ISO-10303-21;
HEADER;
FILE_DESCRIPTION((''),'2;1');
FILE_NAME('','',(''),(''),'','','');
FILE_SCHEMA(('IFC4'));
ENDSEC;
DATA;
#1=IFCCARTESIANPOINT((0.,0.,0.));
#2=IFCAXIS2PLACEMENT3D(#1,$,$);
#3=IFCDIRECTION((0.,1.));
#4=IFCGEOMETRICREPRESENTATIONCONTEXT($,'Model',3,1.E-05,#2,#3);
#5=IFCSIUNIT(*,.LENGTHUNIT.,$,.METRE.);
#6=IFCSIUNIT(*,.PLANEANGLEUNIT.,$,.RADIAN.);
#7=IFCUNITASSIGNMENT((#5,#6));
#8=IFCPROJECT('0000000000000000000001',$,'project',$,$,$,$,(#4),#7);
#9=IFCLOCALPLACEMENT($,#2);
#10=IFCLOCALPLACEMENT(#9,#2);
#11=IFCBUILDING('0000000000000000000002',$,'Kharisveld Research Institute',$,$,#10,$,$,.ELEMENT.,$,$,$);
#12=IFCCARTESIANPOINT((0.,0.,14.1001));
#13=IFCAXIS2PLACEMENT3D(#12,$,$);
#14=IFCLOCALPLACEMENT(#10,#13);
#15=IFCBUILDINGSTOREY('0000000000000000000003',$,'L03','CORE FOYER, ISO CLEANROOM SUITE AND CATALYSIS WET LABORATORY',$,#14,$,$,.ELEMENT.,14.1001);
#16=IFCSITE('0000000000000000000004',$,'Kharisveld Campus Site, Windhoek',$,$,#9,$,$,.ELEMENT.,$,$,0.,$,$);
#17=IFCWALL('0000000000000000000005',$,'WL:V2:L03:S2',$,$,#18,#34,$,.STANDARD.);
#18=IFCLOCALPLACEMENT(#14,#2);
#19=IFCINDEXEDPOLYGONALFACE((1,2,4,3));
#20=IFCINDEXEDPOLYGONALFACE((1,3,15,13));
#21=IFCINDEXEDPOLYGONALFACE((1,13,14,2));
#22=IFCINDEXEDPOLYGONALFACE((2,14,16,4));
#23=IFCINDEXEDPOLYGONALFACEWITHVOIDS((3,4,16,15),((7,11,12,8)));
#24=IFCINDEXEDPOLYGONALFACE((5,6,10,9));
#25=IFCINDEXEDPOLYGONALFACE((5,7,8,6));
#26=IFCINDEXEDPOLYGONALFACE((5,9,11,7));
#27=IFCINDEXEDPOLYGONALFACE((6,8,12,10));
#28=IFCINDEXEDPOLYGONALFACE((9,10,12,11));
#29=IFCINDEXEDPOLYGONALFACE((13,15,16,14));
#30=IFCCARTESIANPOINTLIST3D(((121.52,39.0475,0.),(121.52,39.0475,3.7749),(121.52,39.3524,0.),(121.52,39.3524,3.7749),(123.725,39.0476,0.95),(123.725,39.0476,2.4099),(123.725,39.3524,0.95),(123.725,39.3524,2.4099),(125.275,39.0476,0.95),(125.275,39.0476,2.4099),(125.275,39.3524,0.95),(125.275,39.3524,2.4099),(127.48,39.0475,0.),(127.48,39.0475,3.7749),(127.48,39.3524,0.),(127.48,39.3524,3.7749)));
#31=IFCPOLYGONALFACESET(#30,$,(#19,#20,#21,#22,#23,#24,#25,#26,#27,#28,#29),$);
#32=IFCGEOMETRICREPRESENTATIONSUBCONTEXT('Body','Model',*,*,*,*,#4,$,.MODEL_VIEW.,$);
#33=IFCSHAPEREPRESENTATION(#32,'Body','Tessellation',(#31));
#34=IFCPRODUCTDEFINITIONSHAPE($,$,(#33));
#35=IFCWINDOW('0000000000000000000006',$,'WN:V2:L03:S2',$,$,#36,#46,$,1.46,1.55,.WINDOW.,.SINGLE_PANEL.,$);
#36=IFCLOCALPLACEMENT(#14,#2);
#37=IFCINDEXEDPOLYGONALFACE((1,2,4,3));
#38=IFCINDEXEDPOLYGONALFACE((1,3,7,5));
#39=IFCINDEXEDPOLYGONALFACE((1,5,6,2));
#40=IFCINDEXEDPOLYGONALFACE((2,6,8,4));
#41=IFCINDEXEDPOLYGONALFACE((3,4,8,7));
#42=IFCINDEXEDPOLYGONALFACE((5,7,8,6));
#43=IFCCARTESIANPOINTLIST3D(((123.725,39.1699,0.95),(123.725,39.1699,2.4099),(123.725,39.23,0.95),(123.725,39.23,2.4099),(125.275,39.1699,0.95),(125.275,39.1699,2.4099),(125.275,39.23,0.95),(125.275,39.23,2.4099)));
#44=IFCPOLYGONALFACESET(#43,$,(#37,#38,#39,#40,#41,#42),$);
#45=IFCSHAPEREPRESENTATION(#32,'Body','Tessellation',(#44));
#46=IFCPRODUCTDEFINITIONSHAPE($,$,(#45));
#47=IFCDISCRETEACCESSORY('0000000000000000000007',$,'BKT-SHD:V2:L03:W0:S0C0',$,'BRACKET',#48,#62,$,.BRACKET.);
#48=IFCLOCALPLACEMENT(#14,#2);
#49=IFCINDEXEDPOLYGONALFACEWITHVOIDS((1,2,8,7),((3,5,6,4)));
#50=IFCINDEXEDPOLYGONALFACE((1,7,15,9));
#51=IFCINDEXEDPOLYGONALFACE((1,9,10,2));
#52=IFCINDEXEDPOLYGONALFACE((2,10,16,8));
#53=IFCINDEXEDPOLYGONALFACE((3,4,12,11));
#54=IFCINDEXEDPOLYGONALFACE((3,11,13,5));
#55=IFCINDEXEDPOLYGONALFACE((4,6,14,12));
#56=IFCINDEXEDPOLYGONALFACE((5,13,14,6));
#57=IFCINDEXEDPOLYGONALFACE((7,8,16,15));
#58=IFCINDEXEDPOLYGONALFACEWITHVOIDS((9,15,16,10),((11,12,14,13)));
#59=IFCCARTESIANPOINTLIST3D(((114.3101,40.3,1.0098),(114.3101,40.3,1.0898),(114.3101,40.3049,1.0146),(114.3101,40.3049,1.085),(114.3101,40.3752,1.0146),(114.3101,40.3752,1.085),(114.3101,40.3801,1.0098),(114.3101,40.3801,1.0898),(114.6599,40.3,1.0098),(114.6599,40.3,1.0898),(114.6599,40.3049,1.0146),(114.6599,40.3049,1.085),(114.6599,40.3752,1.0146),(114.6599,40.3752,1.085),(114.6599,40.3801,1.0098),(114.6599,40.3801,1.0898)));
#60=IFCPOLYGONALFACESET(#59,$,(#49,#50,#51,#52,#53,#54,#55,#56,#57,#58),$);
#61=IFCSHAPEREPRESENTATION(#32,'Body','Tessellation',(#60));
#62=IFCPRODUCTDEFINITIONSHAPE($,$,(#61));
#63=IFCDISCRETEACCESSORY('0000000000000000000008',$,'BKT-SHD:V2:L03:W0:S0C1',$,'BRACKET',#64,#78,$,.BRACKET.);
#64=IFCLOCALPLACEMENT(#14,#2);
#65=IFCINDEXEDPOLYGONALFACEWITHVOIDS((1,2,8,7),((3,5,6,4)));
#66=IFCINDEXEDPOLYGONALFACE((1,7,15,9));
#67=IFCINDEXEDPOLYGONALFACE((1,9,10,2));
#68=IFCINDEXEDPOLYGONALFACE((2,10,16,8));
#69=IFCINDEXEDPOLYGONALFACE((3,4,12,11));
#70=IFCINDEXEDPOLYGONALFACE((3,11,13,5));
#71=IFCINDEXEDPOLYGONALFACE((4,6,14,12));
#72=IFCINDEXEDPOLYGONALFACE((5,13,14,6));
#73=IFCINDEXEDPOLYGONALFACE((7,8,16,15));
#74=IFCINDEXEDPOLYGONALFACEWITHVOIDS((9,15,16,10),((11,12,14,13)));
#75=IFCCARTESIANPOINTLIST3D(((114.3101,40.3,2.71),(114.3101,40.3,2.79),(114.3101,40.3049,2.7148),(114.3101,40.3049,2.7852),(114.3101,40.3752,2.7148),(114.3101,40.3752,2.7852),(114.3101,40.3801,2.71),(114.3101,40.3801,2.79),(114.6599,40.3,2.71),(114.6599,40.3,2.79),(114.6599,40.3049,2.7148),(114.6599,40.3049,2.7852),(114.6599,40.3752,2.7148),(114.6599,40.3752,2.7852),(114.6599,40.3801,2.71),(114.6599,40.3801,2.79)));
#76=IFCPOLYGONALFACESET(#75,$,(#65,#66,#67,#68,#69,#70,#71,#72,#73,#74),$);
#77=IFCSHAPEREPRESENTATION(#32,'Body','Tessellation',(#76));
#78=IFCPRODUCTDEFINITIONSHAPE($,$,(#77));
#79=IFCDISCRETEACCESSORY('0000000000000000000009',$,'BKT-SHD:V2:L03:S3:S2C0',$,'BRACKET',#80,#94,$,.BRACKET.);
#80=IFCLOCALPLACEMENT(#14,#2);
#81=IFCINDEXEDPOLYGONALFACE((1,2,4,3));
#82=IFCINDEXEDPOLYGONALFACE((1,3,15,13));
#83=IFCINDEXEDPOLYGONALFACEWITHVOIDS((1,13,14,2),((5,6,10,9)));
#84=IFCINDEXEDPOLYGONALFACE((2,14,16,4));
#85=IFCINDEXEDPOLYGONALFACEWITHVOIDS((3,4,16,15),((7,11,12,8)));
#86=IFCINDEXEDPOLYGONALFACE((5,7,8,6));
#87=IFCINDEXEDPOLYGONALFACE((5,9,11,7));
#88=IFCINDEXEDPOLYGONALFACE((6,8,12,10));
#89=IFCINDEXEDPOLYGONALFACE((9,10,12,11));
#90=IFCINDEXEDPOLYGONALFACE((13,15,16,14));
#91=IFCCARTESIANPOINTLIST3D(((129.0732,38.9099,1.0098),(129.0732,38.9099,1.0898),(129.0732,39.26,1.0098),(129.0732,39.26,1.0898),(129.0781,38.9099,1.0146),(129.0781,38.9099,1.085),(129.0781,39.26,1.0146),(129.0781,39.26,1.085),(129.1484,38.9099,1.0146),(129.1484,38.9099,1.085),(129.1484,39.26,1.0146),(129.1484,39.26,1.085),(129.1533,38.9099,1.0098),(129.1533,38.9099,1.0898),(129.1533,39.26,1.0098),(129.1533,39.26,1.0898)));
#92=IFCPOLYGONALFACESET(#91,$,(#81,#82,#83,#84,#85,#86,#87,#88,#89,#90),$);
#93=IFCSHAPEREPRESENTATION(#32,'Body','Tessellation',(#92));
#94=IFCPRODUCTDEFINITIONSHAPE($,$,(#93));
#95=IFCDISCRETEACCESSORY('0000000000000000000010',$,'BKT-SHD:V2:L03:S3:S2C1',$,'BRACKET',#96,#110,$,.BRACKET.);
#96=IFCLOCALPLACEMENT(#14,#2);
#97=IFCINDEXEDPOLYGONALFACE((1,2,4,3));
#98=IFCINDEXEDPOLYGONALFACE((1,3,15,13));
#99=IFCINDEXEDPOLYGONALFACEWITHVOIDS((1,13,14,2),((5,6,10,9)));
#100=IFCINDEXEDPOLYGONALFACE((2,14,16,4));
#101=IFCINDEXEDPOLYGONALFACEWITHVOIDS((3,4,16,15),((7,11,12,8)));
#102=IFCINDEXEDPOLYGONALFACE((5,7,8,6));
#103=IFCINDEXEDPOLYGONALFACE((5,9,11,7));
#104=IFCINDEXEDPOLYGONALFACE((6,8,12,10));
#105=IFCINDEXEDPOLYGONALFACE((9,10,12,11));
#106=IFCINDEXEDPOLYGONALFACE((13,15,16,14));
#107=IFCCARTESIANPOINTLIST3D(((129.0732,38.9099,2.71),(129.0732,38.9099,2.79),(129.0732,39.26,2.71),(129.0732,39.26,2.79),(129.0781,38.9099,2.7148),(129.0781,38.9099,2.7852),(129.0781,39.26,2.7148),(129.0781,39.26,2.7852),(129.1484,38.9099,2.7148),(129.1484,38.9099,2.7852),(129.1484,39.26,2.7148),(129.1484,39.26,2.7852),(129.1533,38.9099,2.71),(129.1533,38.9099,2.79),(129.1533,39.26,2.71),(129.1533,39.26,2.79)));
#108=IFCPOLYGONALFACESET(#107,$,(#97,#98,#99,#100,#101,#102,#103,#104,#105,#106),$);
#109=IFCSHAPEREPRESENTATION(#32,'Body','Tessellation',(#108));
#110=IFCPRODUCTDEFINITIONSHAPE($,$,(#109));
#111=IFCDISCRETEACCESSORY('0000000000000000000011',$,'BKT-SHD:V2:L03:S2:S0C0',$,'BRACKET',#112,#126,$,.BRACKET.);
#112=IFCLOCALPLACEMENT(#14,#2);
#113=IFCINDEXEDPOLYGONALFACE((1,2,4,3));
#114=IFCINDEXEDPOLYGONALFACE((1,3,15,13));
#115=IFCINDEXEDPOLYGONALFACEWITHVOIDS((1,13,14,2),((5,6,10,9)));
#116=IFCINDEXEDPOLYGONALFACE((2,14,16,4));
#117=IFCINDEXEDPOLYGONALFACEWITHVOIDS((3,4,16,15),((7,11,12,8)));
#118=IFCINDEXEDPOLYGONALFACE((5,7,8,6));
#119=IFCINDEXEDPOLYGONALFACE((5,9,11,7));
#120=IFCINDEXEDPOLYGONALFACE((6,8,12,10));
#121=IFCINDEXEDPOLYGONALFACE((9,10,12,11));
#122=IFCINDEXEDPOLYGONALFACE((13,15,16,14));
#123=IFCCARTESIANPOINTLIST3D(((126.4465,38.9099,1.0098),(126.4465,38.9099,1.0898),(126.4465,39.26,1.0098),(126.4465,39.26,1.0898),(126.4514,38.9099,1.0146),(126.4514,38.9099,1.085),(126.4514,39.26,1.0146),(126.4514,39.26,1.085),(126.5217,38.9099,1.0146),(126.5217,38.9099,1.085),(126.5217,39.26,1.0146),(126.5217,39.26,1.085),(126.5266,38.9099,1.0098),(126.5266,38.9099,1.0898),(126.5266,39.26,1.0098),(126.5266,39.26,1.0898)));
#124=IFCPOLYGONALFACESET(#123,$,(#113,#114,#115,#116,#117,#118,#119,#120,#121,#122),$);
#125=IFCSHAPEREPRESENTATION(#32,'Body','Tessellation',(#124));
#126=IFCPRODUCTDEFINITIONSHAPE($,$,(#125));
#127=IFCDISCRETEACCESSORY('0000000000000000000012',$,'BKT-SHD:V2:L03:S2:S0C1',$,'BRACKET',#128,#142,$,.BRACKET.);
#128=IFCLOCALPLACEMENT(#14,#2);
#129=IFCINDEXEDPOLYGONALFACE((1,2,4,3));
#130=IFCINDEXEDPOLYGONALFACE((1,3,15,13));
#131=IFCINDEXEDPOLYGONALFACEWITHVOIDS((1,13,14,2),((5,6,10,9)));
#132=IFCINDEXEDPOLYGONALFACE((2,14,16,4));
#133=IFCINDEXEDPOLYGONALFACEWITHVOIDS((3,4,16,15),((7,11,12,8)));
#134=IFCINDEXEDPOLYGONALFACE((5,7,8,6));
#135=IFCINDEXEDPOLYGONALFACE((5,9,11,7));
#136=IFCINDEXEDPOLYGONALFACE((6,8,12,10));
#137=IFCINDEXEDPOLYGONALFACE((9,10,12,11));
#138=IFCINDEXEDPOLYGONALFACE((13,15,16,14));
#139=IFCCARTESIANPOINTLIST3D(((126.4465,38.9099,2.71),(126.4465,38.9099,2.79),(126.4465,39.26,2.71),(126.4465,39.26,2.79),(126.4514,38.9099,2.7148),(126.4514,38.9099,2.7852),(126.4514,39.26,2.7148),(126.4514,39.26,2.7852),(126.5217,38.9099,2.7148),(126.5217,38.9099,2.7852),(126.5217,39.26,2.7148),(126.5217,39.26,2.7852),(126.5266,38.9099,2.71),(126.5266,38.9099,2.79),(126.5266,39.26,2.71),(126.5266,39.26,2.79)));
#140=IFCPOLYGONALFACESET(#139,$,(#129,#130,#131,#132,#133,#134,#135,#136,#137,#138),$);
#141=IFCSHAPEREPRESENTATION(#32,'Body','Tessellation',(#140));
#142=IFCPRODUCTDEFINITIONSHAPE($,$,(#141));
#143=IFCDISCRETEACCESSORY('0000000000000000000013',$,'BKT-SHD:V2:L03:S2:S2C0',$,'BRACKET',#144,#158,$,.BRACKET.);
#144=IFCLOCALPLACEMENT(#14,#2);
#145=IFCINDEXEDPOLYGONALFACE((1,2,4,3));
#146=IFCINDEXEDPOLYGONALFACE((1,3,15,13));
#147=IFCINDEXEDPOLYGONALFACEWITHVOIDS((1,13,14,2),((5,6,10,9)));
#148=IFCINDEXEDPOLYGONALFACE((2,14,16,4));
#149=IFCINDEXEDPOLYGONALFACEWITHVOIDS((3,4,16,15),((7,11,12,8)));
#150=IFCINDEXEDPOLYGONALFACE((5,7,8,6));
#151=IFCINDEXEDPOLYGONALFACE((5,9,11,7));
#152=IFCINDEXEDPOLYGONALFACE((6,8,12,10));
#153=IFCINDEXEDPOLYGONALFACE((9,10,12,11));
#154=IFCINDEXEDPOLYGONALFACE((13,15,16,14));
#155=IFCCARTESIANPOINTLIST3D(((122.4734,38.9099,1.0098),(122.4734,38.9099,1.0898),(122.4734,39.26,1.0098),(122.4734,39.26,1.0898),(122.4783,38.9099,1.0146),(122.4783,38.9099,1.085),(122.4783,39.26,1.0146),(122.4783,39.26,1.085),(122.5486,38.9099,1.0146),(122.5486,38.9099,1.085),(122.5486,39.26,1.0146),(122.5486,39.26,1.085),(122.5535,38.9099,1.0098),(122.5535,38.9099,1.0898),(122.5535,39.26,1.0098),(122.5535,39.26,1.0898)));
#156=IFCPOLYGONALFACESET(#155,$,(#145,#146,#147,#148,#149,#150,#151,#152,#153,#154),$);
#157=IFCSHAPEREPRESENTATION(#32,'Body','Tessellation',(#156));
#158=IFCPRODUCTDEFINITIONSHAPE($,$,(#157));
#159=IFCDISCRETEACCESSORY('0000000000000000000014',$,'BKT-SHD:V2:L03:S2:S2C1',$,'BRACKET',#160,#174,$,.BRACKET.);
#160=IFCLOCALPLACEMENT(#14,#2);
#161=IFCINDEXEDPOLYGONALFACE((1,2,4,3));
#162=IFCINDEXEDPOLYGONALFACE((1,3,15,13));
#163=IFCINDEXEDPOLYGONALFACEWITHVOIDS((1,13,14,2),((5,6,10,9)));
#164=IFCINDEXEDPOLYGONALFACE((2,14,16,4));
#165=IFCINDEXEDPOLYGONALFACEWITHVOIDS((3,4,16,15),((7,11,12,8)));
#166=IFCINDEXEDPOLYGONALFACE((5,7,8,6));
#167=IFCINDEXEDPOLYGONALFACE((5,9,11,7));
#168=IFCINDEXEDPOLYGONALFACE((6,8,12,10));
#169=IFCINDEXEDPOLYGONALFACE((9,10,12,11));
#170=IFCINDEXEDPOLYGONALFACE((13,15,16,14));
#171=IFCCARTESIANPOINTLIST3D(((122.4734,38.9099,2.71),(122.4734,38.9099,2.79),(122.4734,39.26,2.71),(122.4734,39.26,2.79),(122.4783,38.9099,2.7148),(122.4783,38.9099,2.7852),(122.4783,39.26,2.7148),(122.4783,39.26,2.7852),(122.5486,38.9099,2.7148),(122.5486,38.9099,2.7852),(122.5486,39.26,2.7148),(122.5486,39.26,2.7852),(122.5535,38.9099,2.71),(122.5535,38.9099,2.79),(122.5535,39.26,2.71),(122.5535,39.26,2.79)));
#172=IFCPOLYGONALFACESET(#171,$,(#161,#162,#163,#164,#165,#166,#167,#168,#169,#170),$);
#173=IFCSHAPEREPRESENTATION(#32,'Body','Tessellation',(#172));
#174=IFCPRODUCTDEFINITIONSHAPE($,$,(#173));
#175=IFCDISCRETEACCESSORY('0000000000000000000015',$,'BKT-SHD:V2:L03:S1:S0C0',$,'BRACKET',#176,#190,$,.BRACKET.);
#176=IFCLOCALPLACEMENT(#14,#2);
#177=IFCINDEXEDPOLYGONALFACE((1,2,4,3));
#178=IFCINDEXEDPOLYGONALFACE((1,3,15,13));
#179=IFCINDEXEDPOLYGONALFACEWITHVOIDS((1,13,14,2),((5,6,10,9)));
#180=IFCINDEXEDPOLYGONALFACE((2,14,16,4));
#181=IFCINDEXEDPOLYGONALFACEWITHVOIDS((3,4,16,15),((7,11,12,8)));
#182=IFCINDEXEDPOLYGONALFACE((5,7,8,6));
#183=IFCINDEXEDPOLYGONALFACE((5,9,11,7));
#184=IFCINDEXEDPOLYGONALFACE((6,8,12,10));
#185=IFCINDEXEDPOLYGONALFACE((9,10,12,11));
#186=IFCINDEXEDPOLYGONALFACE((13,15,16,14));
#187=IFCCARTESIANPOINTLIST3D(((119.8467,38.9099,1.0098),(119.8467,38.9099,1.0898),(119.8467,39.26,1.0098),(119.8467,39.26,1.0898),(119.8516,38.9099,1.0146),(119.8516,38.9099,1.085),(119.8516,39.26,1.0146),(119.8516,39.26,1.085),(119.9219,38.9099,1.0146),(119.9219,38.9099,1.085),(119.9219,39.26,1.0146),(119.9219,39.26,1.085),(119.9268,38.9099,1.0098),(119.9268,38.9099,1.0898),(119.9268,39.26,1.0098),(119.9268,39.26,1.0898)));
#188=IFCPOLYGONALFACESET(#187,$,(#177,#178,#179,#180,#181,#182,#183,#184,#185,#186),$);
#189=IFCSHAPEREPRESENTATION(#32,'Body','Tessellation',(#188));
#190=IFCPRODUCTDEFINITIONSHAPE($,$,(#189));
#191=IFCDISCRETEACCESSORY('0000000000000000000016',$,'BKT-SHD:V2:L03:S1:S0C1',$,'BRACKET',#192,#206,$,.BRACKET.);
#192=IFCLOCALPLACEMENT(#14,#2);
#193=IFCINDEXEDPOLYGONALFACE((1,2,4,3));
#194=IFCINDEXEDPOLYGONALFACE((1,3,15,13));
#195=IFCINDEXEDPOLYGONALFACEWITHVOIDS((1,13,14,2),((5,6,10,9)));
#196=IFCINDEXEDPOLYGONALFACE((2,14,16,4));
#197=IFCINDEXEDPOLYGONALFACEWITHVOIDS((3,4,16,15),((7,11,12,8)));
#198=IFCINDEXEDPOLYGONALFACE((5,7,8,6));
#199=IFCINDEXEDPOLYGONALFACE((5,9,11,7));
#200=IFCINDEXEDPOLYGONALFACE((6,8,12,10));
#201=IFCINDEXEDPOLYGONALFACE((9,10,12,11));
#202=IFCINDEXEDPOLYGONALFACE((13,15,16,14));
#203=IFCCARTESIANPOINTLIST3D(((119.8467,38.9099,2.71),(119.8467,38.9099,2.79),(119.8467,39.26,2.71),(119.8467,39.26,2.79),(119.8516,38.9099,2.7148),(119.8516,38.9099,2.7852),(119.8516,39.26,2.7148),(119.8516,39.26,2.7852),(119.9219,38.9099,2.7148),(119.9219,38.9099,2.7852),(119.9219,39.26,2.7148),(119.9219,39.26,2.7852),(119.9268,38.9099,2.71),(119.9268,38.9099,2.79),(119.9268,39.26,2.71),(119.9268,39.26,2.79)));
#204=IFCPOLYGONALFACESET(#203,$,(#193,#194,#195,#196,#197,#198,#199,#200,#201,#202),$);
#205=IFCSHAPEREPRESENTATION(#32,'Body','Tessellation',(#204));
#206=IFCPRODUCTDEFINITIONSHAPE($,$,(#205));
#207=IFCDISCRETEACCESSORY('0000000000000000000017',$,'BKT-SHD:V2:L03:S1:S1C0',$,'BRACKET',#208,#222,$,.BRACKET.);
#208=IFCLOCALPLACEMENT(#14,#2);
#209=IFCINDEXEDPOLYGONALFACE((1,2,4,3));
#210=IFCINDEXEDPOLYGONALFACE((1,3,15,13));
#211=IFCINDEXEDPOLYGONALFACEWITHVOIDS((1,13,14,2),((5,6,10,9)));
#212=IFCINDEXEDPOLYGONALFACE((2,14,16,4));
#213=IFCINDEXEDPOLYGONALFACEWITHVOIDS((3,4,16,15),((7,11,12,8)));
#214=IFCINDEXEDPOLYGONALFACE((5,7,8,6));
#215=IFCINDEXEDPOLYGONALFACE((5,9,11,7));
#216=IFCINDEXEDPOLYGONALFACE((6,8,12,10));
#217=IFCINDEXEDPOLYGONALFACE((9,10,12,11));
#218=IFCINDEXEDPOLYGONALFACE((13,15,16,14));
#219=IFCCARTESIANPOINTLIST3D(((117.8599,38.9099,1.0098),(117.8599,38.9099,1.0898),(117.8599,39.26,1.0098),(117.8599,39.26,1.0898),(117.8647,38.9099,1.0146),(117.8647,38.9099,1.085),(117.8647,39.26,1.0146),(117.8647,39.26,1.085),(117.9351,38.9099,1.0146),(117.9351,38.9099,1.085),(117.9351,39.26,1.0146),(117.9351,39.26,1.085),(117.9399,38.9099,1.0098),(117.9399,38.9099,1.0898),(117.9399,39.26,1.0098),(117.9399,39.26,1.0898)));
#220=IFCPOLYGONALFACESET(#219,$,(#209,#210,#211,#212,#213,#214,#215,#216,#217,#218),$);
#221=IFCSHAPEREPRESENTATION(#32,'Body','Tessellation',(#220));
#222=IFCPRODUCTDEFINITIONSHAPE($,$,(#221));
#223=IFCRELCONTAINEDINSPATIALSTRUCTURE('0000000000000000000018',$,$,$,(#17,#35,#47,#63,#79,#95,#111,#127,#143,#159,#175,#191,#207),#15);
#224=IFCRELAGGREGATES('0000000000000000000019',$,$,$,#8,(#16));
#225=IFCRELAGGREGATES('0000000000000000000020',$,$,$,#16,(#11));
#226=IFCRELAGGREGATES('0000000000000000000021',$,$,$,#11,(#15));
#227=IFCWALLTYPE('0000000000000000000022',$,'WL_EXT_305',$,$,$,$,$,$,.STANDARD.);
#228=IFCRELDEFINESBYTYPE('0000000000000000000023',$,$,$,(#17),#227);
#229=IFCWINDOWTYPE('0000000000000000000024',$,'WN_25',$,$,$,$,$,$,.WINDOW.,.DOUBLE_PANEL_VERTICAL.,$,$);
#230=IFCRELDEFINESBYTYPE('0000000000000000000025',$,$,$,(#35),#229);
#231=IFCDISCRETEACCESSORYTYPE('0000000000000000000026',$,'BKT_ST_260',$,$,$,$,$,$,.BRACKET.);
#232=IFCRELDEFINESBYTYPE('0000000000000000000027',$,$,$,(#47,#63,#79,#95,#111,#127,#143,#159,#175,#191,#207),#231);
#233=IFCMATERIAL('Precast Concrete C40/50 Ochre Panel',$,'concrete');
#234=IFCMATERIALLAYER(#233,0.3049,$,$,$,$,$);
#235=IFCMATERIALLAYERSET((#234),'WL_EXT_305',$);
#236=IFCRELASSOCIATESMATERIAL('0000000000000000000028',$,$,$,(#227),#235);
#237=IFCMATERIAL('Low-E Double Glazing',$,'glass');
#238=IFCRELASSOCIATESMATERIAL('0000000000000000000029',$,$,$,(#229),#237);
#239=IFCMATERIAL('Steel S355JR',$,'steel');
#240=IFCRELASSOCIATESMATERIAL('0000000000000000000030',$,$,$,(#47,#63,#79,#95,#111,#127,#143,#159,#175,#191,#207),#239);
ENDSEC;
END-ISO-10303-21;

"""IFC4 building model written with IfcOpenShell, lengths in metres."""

from ifc_helpers import new_model, si_unit, direction, frame, frame_2d, origin, origin_2d, place, context, subcontext, project, spatial, rectangle, hollow_rectangle, extrude, material, layer, layer_set, type_object, element, fill, save


model = new_model("IFC4")

# Units and contexts
model_context = context("Model", 3, precision=1e-05, world=origin(), true_north=direction((0.0, 1.0)))
body_context = subcontext(model_context, "Body", "Model", "MODEL_VIEW")
ifc_project = project(units=[si_unit("LENGTHUNIT", "METRE"), si_unit("PLANEANGLEUNIT", "RADIAN")], contexts=[model_context])

# Site, building, storey
site_placement = place(None, origin())
site = spatial("IfcSite", under=ifc_project, at=site_placement, Name="Kharisveld Campus Site, Windhoek", CompositionType="ELEMENT", RefElevation=0.0)
building_placement = place(site_placement, origin())
building = spatial("IfcBuilding", under=site, at=building_placement, Name="Kharisveld Research Institute", CompositionType="ELEMENT")
storey_placement = place(building_placement, frame((0.0, 0.0, 14.1001)))
storey = spatial("IfcBuildingStorey", under=building, at=storey_placement, Name="L03", Description="CORE FOYER, ISO CLEANROOM SUITE AND CATALYSIS WET LABORATORY", CompositionType="ELEMENT", Elevation=14.1001)

# Wall, opening, window
ifc_material_1 = material(Name="Precast Concrete C40/50 Ochre Panel", Category="concrete")
ifc_layer_1 = layer(ifc_material_1, 0.3049)
ifc_layer_set_1 = layer_set([ifc_layer_1], Name="WL_EXT_305")
wall_type_1 = type_object("IfcWallType", Name="WL_EXT_305", PredefinedType="STANDARD", material=ifc_layer_set_1)
wall_1_placement = place(storey_placement, frame((127.48, 39.2, 0.0), z_axis=(0.0, 0.0, 1.0), x_axis=(-1.0, 0.0, 0.0)))
wall_1 = element("IfcWall", 1, at=wall_1_placement, inside=storey, type_object=wall_type_1, Name="WL:V2:L03:S2", PredefinedType="STANDARD", context=body_context, shape_type="SweptSolid", body=[
    extrude(rectangle(XDim=5.96, YDim=0.3049, at=frame_2d((2.98, 0.0))), origin(), (0.0, 0.0, 1.0), 3.7749),
])
opening_1_placement = place(wall_1_placement, frame((2.2051, 0.0, 0.95)))
opening_1 = element("IfcOpeningElement", 2, at=opening_1_placement, cuts=wall_1, PredefinedType="OPENING", context=body_context, shape_type="SweptSolid", body=[
    extrude(rectangle(XDim=1.55, YDim=1.46, at=frame_2d((0.7749, 0.73))), frame((0.0, 0.1523, 0.0), z_axis=(0.0, -1.0, 0.0), x_axis=(1.0, 0.0, 0.0)), (0.0, 0.0, 1.0), 0.3049),
])
ifc_material_2 = material(Name="Low-E Double Glazing", Category="glass")
window_type_1 = type_object("IfcWindowType", Name="WN_25", PartitioningType="DOUBLE_PANEL_VERTICAL", PredefinedType="WINDOW", material=ifc_material_2)
window_1_placement = place(opening_1_placement, origin())
window_1 = element("IfcWindow", 3, at=window_1_placement, inside=storey, type_object=window_type_1, Name="WN:V2:L03:S2", OverallHeight=1.46, OverallWidth=1.55, PartitioningType="SINGLE_PANEL", PredefinedType="WINDOW", context=body_context, shape_type="SweptSolid", body=[
    extrude(rectangle(XDim=1.55, YDim=1.46, at=frame_2d((0.7749, 0.73))), frame((0.0, 0.03, 0.0), z_axis=(0.0, -1.0, 0.0), x_axis=(1.0, 0.0, 0.0)), (0.0, 0.0, 1.0), 0.0601),
])
fill(opening_1, window_1)

# Discrete accessories
ifc_material_3 = material(Name="Steel S355JR", Category="steel")
discrete_accessory_type = type_object("IfcDiscreteAccessoryType", Name="BKT_ST_260", PredefinedType="BRACKET")
for number, where, z_axis, x_axis, name in (
    (4, (114.6599, 40.3401, 1.0498), (-1.0, 0.0, 0.0), (0.0, -1.0, 0.0), "BKT-SHD:V2:L03:W0:S0C0"),
    (5, (114.6599, 40.3401, 2.75), (-1.0, 0.0, 0.0), (0.0, -1.0, 0.0), "BKT-SHD:V2:L03:W0:S0C1"),
):
    element("IfcDiscreteAccessory", number, at=place(storey_placement, frame(where, z_axis=z_axis, x_axis=x_axis)), inside=storey, type_object=discrete_accessory_type, material=ifc_material_3, Name=name, ObjectType="BRACKET", PredefinedType="BRACKET", context=body_context, shape_type="SweptSolid", body=[
        extrude(hollow_rectangle(XDim=0.0801, YDim=0.0801, WallThickness=0.0049, at=origin_2d()), origin(), (0.0, 0.0, 1.0), 0.3499),
    ])
for number, where, z_axis, x_axis, name in (
    (6, (129.1133, 39.26, 1.0498), (0.0, -1.0, 0.0), (1.0, 0.0, 0.0), "BKT-SHD:V2:L03:S3:S2C0"),
    (7, (129.1133, 39.26, 2.75), (0.0, -1.0, 0.0), (1.0, 0.0, 0.0), "BKT-SHD:V2:L03:S3:S2C1"),
    (8, (126.4866, 39.26, 1.0498), (0.0, -1.0, 0.0), (1.0, 0.0, 0.0), "BKT-SHD:V2:L03:S2:S0C0"),
    (9, (126.4866, 39.26, 2.75), (0.0, -1.0, 0.0), (1.0, 0.0, 0.0), "BKT-SHD:V2:L03:S2:S0C1"),
    (10, (122.5134, 39.26, 1.0498), (0.0, -1.0, 0.0), (1.0, 0.0, 0.0), "BKT-SHD:V2:L03:S2:S2C0"),
    (11, (122.5134, 39.26, 2.75), (0.0, -1.0, 0.0), (1.0, 0.0, 0.0), "BKT-SHD:V2:L03:S2:S2C1"),
    (12, (119.8867, 39.26, 1.0498), (0.0, -1.0, 0.0), (1.0, 0.0, 0.0), "BKT-SHD:V2:L03:S1:S0C0"),
    (13, (119.8867, 39.26, 2.75), (0.0, -1.0, 0.0), (1.0, 0.0, 0.0), "BKT-SHD:V2:L03:S1:S0C1"),
    (14, (117.8999, 39.26, 1.0498), (0.0, -1.0, 0.0), (1.0, 0.0, 0.0), "BKT-SHD:V2:L03:S1:S1C0"),
):
    element("IfcDiscreteAccessory", number, at=place(storey_placement, frame(where, z_axis=z_axis, x_axis=x_axis)), inside=storey, type_object=discrete_accessory_type, material=ifc_material_3, Name=name, ObjectType="BRACKET", PredefinedType="BRACKET", context=body_context, shape_type="SweptSolid", body=[
        extrude(hollow_rectangle(XDim=0.0801, YDim=0.0801, WallThickness=0.0049, at=origin_2d()), origin(), (0.0, 0.0, 1.0), 0.3501),
    ])

save(model, "model.ifc")
